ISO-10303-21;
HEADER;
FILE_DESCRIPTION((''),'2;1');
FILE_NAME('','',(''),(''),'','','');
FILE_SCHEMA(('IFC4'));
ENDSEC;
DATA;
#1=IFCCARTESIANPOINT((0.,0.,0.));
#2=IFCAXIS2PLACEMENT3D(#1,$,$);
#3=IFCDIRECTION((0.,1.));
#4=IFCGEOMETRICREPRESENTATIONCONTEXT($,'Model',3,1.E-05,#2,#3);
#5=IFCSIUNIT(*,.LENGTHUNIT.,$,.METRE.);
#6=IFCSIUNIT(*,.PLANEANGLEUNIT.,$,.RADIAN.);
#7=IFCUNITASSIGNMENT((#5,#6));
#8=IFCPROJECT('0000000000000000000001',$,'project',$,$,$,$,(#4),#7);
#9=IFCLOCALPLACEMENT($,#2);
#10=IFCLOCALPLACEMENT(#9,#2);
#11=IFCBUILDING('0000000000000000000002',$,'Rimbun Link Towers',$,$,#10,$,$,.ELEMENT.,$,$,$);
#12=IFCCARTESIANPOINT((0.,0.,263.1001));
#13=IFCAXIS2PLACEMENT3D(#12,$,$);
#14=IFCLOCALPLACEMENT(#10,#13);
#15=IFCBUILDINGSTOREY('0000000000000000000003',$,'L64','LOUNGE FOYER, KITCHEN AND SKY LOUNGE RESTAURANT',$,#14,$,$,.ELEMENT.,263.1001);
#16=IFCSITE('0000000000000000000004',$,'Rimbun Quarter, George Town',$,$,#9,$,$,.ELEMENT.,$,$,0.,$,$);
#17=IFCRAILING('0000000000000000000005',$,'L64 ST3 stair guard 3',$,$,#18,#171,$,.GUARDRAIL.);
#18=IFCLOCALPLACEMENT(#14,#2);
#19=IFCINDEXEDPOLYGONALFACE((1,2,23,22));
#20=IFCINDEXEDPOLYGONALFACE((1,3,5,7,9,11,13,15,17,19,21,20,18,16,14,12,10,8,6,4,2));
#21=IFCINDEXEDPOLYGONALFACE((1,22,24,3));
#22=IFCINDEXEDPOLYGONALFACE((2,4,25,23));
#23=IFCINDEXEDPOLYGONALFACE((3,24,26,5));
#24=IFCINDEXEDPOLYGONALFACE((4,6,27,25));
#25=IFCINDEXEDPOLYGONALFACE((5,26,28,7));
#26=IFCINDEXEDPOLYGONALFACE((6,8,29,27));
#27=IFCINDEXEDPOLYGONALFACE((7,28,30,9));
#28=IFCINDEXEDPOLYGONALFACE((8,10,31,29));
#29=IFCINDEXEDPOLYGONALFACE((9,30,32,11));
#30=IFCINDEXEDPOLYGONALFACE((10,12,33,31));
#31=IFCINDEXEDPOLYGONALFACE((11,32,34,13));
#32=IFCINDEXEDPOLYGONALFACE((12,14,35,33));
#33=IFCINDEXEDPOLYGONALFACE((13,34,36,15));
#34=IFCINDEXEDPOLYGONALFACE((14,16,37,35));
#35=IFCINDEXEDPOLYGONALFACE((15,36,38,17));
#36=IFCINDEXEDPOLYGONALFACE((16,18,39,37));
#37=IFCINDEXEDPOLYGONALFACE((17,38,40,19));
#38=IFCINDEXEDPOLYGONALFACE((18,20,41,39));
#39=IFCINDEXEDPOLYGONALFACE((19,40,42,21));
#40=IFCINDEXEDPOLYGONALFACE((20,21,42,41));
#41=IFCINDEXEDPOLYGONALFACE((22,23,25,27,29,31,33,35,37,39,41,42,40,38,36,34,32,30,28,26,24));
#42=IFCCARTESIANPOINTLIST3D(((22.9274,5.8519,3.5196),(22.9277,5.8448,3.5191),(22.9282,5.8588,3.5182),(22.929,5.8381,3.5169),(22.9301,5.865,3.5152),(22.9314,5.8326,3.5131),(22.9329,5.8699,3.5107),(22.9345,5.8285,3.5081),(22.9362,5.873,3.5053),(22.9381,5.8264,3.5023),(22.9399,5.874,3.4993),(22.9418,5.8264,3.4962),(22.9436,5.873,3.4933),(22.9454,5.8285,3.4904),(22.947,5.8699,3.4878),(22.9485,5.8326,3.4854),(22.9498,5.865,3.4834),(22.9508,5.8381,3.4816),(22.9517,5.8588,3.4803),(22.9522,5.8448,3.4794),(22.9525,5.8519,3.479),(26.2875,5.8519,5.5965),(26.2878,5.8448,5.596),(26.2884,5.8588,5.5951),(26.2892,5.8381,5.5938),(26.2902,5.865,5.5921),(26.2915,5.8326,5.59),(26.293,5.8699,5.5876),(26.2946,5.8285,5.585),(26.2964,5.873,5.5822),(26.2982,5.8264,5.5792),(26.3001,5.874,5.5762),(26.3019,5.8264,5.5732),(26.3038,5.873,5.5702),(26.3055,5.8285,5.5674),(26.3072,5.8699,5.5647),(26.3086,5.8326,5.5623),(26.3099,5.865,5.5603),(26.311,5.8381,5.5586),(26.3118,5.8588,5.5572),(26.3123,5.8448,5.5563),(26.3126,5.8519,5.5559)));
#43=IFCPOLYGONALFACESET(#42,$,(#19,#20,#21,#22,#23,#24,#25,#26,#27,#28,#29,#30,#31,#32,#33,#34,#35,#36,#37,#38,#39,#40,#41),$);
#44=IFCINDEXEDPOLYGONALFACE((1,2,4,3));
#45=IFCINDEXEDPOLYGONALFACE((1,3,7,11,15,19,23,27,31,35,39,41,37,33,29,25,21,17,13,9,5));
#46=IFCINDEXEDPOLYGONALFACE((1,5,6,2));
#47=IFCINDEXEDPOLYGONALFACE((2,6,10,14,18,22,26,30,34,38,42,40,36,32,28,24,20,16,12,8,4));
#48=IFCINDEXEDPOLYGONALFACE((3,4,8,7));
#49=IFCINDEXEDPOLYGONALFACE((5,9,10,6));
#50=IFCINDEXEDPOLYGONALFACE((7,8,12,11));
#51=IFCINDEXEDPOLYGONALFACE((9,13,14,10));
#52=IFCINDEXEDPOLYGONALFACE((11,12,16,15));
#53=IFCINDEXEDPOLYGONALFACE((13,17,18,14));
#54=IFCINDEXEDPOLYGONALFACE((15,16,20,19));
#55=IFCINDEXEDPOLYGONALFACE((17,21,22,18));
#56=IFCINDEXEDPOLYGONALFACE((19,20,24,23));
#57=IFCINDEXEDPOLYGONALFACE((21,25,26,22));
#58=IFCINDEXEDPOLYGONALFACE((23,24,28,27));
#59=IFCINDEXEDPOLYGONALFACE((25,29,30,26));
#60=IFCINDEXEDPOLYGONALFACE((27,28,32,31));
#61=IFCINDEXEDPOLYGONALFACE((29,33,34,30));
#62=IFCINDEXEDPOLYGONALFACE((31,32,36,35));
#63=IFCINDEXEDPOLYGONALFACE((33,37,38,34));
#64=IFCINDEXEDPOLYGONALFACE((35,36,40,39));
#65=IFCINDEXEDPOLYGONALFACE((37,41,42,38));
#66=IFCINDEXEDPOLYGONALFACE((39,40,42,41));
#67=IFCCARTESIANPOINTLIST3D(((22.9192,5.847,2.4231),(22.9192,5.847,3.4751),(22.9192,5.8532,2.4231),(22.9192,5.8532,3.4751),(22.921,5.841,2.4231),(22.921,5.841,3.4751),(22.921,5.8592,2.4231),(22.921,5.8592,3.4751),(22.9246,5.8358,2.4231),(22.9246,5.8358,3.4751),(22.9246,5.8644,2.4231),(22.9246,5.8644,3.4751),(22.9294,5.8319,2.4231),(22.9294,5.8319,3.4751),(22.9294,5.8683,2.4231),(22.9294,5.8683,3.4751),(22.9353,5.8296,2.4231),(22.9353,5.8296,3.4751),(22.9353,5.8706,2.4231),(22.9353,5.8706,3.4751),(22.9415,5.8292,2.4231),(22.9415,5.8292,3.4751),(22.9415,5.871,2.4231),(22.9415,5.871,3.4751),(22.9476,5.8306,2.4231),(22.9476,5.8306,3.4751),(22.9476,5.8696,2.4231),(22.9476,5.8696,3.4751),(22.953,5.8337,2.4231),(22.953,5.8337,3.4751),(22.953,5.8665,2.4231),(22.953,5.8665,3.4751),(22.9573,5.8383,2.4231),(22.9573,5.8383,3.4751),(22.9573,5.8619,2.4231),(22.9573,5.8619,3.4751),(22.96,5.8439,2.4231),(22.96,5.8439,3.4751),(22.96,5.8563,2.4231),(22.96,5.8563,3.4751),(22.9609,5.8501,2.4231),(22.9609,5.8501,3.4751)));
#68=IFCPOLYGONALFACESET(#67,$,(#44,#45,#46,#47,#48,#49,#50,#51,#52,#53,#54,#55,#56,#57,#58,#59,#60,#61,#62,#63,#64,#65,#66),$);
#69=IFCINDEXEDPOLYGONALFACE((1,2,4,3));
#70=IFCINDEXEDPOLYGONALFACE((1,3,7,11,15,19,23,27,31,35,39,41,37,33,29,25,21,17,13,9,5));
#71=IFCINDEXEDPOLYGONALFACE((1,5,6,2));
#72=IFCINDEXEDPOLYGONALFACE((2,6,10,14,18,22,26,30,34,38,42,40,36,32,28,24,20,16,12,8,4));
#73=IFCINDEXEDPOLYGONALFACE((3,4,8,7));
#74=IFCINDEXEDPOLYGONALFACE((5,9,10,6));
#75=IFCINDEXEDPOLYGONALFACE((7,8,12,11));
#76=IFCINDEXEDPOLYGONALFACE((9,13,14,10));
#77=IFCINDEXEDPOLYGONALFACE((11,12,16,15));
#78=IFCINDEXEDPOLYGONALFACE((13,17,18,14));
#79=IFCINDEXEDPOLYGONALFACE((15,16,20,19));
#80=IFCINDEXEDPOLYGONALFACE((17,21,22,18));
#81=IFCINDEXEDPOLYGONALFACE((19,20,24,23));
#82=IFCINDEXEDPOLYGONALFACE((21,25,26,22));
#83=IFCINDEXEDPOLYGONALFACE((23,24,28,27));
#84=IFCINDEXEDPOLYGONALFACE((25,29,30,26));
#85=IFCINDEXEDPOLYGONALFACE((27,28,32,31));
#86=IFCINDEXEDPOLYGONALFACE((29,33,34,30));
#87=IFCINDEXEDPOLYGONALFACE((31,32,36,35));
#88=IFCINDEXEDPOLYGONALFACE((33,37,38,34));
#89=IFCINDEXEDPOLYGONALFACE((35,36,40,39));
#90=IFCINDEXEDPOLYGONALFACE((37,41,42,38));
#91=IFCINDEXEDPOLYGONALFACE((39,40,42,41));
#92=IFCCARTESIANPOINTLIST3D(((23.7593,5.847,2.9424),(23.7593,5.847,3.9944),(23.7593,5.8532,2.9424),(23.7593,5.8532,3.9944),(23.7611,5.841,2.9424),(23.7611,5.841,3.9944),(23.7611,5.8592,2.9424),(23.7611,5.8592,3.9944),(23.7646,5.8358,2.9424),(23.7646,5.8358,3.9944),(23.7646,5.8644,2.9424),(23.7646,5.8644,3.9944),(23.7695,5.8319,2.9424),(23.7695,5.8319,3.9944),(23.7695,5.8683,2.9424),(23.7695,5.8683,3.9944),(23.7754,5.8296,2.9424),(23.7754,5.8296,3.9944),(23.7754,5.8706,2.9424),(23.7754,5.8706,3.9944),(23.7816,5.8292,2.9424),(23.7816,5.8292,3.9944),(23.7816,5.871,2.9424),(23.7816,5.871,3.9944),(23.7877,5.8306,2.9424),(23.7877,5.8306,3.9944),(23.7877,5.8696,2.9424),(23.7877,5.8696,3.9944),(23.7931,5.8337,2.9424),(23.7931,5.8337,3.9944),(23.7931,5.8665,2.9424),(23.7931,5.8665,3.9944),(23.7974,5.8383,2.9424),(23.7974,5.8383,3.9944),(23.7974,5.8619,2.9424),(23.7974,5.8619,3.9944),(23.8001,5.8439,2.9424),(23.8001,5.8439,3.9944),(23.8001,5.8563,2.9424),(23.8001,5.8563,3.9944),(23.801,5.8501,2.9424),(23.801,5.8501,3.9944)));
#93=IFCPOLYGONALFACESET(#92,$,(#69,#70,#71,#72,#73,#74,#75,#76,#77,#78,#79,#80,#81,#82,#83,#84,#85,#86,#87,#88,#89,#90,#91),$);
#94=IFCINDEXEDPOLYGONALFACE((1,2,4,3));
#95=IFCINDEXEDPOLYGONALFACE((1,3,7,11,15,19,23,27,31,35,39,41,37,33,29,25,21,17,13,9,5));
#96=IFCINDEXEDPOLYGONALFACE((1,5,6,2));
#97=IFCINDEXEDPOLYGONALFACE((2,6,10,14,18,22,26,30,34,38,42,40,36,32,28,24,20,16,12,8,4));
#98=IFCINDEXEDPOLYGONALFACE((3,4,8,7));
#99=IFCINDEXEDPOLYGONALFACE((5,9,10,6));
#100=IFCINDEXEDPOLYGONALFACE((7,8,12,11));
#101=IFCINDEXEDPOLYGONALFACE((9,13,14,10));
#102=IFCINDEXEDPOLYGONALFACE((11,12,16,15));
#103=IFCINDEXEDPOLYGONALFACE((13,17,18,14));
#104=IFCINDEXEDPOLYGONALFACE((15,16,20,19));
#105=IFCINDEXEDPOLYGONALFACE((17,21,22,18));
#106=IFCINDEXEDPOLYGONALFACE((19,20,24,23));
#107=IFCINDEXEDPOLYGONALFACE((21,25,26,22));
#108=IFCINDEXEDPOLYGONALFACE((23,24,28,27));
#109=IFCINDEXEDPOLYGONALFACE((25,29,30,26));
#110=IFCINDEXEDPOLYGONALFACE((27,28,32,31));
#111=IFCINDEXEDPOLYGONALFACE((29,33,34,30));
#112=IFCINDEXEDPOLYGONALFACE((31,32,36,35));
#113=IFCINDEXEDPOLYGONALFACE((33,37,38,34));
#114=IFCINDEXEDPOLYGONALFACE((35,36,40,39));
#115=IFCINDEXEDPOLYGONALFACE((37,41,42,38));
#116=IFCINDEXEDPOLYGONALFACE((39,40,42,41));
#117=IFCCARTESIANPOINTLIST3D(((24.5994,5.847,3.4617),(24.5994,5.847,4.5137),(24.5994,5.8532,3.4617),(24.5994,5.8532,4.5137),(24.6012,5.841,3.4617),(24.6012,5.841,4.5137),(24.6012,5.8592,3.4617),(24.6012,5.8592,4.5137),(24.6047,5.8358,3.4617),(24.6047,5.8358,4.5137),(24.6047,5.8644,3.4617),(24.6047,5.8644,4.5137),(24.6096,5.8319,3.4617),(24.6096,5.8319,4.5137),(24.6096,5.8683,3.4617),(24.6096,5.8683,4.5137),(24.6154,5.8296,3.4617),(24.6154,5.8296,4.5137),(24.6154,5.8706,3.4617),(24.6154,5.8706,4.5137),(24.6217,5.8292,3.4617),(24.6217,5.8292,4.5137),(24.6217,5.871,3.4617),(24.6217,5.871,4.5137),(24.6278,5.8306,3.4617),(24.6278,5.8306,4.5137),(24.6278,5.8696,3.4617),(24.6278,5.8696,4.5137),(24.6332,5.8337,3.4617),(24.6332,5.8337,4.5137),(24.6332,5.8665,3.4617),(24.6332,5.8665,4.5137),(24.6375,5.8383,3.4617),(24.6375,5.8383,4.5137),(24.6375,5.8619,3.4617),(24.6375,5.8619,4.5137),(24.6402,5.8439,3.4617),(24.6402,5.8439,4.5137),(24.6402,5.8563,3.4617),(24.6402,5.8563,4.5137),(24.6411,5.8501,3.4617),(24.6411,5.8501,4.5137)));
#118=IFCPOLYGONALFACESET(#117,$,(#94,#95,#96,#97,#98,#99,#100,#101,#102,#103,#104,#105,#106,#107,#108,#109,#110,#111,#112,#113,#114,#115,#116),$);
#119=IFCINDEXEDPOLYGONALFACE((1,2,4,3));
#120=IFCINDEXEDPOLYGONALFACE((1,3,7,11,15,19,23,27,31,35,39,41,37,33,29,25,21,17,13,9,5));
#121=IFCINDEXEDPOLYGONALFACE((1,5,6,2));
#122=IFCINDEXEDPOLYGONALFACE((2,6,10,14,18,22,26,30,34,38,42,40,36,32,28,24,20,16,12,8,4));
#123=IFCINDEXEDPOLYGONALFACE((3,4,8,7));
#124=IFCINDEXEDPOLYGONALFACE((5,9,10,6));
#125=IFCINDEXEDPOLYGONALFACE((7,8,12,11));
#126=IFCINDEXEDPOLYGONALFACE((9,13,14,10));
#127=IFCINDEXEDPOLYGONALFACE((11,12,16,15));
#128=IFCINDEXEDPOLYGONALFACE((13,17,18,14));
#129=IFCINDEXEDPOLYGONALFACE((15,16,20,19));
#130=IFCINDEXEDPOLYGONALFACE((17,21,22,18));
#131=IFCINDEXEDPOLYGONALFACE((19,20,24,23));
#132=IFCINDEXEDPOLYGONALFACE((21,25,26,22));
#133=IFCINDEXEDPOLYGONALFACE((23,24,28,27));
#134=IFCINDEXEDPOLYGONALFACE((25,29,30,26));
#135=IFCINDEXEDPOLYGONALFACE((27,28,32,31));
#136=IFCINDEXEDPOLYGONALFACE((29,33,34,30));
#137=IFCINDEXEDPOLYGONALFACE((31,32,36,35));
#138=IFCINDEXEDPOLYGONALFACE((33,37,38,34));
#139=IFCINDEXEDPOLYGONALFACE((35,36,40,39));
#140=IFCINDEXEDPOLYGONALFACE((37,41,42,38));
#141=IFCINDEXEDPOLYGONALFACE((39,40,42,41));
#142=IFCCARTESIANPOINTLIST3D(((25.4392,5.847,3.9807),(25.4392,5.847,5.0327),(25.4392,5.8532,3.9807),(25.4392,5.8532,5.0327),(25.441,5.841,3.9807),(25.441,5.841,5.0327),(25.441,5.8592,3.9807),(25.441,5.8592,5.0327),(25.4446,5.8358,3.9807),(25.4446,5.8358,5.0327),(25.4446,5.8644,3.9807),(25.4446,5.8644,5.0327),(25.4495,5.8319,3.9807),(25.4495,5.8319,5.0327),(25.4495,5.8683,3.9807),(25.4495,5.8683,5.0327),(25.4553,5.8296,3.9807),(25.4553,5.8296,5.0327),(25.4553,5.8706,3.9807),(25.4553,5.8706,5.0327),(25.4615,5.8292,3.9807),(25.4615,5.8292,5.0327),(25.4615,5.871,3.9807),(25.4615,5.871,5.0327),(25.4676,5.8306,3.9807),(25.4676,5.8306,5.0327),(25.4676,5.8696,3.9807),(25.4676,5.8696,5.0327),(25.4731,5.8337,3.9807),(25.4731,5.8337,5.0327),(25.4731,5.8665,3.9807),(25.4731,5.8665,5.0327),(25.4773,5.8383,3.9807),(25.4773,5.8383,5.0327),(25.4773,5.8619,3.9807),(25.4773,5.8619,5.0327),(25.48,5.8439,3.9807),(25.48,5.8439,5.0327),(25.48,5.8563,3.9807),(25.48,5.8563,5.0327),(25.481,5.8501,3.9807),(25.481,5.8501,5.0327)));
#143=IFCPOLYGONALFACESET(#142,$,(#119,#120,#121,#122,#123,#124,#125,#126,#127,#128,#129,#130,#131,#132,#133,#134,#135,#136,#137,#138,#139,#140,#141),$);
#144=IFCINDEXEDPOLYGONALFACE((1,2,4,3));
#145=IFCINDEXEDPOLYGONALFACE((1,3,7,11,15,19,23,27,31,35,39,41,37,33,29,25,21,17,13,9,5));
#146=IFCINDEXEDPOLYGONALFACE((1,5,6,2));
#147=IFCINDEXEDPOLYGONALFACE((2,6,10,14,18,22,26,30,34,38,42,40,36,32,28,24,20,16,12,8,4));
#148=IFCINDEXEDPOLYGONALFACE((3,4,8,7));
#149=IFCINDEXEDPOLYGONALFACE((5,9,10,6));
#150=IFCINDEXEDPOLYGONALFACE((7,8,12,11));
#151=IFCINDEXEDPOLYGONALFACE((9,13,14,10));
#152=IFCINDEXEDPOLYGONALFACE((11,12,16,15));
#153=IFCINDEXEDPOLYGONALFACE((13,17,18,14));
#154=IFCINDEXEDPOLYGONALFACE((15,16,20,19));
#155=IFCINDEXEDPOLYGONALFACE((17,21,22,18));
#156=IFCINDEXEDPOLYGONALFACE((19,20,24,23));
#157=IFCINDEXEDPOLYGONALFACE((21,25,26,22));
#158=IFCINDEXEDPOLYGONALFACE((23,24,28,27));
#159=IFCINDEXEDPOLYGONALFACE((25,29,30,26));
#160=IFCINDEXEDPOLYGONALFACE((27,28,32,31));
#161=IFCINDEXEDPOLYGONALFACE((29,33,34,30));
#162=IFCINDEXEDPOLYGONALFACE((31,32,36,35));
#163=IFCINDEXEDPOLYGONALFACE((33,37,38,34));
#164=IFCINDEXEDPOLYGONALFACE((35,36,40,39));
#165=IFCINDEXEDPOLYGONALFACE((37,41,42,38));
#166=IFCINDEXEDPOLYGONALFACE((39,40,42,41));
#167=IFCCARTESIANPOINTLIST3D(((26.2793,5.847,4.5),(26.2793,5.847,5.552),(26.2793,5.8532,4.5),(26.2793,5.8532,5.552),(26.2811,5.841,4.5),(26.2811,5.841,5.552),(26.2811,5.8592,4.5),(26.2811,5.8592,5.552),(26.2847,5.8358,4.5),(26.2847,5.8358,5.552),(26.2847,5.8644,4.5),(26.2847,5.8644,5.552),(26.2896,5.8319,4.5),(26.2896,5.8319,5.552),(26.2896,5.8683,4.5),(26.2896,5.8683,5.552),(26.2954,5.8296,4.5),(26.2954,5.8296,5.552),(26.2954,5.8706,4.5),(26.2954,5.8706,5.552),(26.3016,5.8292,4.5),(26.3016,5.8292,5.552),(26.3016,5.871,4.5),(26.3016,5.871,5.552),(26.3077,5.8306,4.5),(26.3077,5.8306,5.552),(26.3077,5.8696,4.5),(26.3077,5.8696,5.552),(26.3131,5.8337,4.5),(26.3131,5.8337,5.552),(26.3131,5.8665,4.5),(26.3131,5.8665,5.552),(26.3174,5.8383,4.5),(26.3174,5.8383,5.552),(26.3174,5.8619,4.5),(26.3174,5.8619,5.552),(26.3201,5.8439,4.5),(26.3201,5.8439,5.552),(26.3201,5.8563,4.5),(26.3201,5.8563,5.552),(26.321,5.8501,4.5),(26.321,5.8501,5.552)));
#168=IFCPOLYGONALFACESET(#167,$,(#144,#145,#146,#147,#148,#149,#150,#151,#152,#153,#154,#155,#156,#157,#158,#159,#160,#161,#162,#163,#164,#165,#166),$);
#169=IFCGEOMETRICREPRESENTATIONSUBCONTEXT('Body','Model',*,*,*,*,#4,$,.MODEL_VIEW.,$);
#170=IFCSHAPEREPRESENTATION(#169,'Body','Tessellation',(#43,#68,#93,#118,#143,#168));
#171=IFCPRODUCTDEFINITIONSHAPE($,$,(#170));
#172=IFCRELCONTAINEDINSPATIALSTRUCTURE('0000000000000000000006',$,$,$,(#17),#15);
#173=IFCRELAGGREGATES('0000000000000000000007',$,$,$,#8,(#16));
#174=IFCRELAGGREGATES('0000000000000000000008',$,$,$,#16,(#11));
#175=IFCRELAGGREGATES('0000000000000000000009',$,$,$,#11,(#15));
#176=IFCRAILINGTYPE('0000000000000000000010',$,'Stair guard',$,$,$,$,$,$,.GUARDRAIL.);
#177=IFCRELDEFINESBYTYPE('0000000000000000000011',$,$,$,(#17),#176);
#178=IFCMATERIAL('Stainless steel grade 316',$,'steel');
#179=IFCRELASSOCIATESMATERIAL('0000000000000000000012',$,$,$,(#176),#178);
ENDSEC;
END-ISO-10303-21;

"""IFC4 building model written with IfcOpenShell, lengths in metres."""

from ifc_helpers import new_model, si_unit, direction, frame, origin, origin_2d, place, context, subcontext, project, spatial, circle, extrude, material, type_object, element, save


model = new_model("IFC4")

# Units and contexts
model_context = context("Model", 3, precision=1e-05, world=origin(), true_north=direction((0.0, 1.0)))
body_context = subcontext(model_context, "Body", "Model", "MODEL_VIEW")
ifc_project = project(units=[si_unit("LENGTHUNIT", "METRE"), si_unit("PLANEANGLEUNIT", "RADIAN")], contexts=[model_context])

# Site, building, storey
site_placement = place(None, origin())
site = spatial("IfcSite", under=ifc_project, at=site_placement, Name="Rimbun Quarter, George Town", CompositionType="ELEMENT", RefElevation=0.0)
building_placement = place(site_placement, origin())
building = spatial("IfcBuilding", under=site, at=building_placement, Name="Rimbun Link Towers", CompositionType="ELEMENT")
storey_placement = place(building_placement, frame((0.0, 0.0, 263.1001)))
storey = spatial("IfcBuildingStorey", under=building, at=storey_placement, Name="L64", Description="LOUNGE FOYER, KITCHEN AND SKY LOUNGE RESTAURANT", CompositionType="ELEMENT", Elevation=263.1001)

# Railing
ifc_material_1 = material(Name="Stainless steel grade 316", Category="steel")
railing_type_1 = type_object("IfcRailingType", Name="Stair guard", PredefinedType="GUARDRAIL", material=ifc_material_1)
railing_1_placement = place(storey_placement, frame((22.9399, 5.8501, 2.4231)))
element("IfcRailing", 1, at=railing_1_placement, inside=storey, type_object=railing_type_1, Name="L64 ST3 stair guard 3", PredefinedType="GUARDRAIL", context=body_context, shape_type="SweptSolid", body=[
    extrude(circle(Radius=0.0239, at=origin_2d()), frame((0.0, 0.0, 1.0762), z_axis=(0.850623, 0.0, 0.525776), x_axis=(0.0, 1.0, 0.0)), (0.0, 0.0, 1.0), 3.9502),
    extrude(circle(Radius=0.021, at=origin_2d()), origin(), (0.0, 0.0, 1.0), 1.052),
    extrude(circle(Radius=0.021, at=origin_2d()), frame((0.8401, 0.0, 0.5193)), (0.0, 0.0, 1.0), 1.052),
    extrude(circle(Radius=0.021, at=origin_2d()), frame((1.6802, 0.0, 1.0386)), (0.0, 0.0, 1.0), 1.052),
    extrude(circle(Radius=0.021, at=origin_2d()), frame((2.52, 0.0, 1.5576)), (0.0, 0.0, 1.0), 1.052),
    extrude(circle(Radius=0.021, at=origin_2d()), frame((3.3601, 0.0, 2.0769)), (0.0, 0.0, 1.0), 1.052),
])

save(model, "model.ifc")
